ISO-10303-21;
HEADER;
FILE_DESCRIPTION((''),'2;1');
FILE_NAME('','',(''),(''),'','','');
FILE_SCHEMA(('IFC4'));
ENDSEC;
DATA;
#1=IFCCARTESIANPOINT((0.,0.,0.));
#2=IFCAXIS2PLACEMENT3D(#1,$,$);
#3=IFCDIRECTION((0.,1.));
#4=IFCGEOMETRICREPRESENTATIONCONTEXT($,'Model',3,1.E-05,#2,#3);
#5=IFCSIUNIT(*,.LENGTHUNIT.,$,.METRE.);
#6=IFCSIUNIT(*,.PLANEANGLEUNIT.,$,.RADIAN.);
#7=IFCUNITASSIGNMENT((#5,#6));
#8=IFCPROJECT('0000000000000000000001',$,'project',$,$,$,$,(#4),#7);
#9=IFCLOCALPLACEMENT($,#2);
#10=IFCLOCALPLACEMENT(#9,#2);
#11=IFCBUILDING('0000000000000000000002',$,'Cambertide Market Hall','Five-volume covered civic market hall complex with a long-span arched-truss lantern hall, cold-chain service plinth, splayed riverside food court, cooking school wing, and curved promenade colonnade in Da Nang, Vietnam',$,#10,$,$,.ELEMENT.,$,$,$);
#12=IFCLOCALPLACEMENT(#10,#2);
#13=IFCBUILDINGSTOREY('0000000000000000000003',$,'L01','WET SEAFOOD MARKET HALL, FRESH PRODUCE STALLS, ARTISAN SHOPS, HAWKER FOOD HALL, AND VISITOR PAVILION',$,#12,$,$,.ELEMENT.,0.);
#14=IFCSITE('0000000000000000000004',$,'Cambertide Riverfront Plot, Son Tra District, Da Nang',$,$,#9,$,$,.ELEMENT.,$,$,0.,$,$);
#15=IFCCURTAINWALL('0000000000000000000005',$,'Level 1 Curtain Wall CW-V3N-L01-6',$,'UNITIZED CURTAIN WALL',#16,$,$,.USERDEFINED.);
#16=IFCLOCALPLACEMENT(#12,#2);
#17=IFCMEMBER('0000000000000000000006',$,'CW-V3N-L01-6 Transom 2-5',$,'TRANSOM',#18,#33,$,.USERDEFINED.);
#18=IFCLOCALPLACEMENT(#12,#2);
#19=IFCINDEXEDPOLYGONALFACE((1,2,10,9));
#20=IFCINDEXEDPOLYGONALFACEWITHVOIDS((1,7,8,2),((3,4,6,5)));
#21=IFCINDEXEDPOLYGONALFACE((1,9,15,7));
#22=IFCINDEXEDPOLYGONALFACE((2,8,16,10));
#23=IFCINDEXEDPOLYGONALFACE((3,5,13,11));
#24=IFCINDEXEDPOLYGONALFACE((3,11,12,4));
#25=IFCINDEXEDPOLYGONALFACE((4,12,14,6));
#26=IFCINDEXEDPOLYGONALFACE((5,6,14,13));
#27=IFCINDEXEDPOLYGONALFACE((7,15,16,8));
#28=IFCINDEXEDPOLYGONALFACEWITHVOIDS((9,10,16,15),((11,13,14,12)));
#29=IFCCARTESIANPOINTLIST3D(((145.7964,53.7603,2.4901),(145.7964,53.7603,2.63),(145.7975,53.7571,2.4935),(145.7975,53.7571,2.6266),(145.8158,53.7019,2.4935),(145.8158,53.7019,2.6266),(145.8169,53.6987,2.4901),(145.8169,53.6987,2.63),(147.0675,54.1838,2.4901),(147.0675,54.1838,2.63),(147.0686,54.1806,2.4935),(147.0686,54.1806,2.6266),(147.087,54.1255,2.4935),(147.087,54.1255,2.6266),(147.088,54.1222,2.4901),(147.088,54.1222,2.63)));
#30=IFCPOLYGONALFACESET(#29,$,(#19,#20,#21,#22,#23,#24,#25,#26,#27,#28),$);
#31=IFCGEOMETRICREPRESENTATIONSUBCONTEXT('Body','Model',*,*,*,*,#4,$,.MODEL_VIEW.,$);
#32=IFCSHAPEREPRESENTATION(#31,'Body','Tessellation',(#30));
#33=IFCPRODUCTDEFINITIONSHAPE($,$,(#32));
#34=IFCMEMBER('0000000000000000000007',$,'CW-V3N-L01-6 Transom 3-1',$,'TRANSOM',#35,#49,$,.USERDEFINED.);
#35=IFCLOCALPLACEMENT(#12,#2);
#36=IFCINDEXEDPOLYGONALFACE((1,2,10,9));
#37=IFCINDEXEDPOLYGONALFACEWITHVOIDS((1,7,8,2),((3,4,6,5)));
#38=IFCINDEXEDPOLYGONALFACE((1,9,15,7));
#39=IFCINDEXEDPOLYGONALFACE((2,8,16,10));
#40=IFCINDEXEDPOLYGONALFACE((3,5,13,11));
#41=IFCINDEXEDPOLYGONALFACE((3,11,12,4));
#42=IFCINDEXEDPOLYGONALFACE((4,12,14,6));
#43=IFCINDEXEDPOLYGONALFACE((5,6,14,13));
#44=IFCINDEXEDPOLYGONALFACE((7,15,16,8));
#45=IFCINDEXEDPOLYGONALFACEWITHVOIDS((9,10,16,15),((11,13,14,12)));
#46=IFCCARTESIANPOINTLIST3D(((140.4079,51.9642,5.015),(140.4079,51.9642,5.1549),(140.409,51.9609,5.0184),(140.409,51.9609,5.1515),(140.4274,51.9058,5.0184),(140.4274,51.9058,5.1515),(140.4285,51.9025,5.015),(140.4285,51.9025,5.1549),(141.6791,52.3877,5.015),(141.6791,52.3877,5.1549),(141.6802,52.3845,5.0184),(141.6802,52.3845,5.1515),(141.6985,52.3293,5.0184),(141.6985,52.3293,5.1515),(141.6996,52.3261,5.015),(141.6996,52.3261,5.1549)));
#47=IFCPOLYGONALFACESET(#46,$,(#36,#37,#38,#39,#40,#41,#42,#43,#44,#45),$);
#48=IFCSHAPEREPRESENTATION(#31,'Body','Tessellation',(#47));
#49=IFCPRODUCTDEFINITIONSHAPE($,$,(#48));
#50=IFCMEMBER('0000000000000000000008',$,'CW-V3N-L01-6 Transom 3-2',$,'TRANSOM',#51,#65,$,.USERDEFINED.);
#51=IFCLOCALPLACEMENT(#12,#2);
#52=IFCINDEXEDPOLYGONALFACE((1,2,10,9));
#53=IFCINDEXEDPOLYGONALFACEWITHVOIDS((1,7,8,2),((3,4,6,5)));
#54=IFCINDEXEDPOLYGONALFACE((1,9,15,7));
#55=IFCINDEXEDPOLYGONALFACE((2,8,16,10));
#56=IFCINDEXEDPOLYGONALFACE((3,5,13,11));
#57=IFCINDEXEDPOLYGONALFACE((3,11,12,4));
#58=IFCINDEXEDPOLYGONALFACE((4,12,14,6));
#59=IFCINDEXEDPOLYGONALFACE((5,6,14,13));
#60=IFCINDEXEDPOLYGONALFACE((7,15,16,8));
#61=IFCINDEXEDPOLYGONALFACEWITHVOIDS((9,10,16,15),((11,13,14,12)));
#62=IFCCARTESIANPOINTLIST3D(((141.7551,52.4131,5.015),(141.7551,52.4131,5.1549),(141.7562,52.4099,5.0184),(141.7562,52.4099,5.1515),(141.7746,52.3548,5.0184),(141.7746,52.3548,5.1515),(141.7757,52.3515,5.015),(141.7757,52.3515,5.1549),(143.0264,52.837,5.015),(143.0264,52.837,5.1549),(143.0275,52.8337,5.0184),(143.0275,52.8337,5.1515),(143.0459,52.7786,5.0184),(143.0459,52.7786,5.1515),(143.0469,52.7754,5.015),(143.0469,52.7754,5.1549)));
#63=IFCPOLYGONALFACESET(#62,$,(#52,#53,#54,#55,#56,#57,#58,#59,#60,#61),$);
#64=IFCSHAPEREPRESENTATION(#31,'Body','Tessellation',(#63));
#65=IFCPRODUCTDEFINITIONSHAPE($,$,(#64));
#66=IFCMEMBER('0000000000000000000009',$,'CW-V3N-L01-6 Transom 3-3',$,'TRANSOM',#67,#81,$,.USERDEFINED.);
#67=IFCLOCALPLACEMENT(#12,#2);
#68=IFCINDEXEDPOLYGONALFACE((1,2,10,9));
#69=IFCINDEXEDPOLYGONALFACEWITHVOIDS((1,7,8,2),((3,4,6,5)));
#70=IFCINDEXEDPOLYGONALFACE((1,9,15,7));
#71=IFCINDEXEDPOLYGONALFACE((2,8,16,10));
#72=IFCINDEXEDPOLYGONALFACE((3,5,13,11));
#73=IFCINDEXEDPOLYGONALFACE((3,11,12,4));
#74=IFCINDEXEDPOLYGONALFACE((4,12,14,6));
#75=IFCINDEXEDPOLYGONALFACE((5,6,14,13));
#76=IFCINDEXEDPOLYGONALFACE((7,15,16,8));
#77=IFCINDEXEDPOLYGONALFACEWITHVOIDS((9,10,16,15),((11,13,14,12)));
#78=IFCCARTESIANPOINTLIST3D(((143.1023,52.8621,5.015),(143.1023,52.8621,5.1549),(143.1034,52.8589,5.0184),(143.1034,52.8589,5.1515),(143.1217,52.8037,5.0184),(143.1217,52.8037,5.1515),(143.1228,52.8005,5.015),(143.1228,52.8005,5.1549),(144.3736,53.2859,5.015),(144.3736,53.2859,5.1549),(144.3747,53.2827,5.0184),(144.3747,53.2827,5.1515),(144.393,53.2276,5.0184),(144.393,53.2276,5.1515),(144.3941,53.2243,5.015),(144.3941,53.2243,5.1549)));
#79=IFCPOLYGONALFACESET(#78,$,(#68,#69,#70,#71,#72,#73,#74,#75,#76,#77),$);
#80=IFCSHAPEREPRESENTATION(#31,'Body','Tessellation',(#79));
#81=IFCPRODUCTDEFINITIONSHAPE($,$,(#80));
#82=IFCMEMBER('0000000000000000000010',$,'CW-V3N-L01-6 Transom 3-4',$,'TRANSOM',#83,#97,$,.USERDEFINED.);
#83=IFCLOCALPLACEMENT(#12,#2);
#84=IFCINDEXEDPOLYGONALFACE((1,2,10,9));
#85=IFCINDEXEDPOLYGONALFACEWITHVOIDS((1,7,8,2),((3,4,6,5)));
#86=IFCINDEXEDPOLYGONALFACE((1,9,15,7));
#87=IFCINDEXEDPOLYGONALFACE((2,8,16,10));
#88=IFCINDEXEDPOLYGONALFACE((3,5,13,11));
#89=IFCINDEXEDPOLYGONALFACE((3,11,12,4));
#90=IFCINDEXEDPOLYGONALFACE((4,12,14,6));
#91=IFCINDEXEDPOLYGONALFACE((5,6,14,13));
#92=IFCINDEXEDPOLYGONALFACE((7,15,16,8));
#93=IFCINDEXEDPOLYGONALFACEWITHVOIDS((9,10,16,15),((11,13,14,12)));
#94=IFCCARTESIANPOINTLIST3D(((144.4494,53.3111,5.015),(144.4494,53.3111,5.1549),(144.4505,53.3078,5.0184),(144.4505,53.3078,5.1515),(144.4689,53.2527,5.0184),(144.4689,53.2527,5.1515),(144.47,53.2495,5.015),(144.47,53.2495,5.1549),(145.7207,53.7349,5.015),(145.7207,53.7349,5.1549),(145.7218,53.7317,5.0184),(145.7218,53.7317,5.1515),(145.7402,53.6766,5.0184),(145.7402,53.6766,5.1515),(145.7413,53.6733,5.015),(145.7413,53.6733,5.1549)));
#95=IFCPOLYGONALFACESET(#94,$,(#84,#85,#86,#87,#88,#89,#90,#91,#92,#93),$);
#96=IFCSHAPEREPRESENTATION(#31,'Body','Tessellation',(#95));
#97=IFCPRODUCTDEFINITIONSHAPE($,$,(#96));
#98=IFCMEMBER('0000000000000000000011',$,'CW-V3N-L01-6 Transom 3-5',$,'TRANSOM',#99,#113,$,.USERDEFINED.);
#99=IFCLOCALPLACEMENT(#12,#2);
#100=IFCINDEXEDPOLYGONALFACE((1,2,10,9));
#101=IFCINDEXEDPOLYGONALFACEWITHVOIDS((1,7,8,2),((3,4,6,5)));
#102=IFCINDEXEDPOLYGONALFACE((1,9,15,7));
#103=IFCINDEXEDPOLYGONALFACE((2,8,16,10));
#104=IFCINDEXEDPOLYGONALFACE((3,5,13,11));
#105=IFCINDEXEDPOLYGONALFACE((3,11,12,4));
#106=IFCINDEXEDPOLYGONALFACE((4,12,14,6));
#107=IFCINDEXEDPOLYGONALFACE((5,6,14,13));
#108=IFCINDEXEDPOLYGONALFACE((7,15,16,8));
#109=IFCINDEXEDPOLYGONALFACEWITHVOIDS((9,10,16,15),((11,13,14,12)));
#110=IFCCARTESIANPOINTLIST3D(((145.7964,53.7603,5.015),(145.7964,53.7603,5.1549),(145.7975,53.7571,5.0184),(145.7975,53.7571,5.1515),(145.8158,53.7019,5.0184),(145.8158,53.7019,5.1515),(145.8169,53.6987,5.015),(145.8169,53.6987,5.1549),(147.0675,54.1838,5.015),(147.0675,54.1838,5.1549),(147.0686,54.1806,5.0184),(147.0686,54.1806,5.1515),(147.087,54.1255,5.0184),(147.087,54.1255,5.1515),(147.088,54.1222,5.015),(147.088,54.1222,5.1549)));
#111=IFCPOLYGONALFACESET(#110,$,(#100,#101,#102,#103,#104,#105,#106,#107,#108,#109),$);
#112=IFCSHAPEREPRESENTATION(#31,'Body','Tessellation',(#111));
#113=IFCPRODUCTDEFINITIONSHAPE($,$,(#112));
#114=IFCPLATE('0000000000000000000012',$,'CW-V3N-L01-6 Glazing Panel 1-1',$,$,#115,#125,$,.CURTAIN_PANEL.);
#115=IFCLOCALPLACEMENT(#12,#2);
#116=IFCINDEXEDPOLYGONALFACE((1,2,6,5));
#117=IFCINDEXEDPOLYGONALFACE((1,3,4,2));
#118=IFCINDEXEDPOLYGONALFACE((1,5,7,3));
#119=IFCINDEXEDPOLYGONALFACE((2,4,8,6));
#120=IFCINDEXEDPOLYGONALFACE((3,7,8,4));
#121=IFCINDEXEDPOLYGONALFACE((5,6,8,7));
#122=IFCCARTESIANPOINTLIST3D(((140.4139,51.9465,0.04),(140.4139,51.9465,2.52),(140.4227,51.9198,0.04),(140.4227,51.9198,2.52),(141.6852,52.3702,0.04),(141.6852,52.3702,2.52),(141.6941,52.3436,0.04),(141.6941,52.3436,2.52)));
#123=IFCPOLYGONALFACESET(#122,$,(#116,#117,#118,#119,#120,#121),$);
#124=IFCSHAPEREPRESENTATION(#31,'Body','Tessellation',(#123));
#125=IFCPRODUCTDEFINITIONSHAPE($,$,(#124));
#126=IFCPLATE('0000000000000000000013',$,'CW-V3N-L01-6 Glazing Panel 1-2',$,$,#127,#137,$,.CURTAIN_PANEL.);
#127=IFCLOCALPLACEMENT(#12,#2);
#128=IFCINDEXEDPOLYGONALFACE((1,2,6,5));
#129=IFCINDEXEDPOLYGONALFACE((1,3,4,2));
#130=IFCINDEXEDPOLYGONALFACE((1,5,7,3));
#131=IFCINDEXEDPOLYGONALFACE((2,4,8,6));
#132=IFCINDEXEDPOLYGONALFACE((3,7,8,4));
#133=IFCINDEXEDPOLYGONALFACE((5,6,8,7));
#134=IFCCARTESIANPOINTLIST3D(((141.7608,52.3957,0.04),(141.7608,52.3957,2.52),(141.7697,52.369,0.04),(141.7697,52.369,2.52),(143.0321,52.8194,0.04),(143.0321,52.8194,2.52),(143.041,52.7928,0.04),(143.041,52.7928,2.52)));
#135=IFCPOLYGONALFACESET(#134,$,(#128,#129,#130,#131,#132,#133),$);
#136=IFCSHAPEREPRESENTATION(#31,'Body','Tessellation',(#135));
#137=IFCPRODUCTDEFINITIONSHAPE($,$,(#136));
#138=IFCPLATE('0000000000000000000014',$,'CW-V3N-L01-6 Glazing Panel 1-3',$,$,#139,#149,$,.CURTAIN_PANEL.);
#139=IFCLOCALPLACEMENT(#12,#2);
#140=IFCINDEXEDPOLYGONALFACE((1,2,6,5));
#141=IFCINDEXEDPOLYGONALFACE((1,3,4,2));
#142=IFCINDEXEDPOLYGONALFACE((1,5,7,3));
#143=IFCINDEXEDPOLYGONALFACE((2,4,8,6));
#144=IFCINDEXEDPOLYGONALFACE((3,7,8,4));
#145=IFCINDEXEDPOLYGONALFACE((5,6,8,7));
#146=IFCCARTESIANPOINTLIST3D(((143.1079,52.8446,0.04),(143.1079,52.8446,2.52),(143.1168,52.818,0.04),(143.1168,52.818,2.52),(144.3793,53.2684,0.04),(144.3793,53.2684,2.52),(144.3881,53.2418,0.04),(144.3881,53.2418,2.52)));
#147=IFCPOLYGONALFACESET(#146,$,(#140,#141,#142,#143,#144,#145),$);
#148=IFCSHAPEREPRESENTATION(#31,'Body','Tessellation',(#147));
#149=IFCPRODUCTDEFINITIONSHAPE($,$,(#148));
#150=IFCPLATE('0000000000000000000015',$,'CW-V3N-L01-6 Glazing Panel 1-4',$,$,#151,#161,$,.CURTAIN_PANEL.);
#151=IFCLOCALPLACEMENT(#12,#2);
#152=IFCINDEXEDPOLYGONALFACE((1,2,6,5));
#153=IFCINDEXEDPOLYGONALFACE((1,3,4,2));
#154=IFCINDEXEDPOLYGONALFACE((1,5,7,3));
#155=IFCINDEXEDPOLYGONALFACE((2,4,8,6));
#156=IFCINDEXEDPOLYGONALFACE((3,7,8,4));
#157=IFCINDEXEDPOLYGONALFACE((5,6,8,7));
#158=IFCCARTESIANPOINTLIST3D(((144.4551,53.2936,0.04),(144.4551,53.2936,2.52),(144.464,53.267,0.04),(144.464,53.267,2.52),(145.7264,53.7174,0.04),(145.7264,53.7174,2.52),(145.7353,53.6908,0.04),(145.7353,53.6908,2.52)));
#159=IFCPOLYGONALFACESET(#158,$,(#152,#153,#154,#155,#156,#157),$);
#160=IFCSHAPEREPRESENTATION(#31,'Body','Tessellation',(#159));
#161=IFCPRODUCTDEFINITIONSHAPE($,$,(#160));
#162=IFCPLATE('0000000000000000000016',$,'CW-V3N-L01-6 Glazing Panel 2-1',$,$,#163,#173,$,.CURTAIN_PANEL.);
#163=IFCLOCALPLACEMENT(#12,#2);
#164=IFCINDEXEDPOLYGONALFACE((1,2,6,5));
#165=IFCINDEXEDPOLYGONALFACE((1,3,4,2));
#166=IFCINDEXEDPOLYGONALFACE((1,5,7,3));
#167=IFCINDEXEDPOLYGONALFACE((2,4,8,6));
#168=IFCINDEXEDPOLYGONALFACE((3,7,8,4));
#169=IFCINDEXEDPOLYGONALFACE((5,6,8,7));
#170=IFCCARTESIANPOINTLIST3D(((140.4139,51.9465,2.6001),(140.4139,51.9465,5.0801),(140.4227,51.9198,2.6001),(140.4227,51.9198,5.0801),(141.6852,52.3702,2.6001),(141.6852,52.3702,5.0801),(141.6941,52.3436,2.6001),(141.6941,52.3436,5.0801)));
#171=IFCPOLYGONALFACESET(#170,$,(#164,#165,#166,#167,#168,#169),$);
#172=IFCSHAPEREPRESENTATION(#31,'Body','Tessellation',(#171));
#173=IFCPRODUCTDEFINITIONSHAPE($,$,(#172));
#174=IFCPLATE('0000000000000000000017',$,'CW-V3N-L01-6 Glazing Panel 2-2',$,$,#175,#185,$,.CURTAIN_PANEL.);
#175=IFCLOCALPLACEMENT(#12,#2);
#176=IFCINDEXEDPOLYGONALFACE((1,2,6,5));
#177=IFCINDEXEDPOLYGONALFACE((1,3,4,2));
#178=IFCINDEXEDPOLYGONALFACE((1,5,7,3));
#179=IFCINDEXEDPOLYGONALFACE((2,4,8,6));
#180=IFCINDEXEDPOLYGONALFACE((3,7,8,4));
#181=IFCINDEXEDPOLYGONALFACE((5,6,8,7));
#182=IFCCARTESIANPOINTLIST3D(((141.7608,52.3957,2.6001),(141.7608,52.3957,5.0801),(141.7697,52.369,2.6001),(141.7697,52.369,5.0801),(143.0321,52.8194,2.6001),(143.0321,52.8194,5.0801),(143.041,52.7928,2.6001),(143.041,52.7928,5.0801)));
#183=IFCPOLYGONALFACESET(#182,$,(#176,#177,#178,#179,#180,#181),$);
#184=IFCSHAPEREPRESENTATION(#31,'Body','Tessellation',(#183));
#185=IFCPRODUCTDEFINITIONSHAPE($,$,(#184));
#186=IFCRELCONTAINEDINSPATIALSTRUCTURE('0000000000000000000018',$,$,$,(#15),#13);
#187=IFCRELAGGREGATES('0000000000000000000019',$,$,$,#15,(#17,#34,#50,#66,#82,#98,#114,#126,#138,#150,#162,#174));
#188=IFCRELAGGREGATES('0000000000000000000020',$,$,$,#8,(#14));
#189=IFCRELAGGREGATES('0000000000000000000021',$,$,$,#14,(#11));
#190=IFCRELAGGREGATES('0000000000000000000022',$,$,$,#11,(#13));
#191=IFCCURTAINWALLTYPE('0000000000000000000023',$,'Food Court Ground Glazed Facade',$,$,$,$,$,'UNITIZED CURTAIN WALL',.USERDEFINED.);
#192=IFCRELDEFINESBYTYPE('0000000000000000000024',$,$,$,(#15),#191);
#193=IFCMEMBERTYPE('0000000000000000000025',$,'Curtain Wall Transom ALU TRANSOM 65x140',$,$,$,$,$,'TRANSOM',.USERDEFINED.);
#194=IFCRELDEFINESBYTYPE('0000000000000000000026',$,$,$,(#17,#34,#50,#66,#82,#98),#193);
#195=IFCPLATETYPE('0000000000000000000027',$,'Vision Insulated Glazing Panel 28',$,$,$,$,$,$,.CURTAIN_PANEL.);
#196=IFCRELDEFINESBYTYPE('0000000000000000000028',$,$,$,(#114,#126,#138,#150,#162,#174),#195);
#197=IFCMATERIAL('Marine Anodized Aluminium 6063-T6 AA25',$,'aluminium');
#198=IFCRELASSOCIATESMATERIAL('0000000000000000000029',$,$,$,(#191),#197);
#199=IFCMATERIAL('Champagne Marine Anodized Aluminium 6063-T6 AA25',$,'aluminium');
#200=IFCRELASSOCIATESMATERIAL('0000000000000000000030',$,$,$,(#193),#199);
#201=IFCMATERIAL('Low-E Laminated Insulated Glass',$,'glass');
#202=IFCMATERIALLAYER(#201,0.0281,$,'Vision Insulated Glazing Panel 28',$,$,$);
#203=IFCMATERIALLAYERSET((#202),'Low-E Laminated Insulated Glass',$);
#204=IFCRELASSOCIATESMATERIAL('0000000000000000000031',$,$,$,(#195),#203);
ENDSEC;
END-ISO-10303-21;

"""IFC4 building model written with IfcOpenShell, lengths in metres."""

from ifc_helpers import new_model, si_unit, direction, frame, origin, origin_2d, place, context, subcontext, project, spatial, rectangle, hollow_rectangle, extrude, material, layer, layer_set, material_profile, profile_set, type_object, element, aggregate, save


model = new_model("IFC4")

# Units and contexts
model_context = context("Model", 3, precision=1e-05, world=origin(), true_north=direction((0.0, 1.0)))
body_context = subcontext(model_context, "Body", "Model", "MODEL_VIEW")
ifc_project = project(units=[si_unit("LENGTHUNIT", "METRE"), si_unit("PLANEANGLEUNIT", "RADIAN")], contexts=[model_context])

# Site, building, storey
site_placement = place(None, origin())
site = spatial("IfcSite", under=ifc_project, at=site_placement, Name="Cambertide Riverfront Plot, Son Tra District, Da Nang", CompositionType="ELEMENT", RefElevation=0.0)
building_placement = place(site_placement, origin())
building = spatial("IfcBuilding", under=site, at=building_placement, Name="Cambertide Market Hall", Description="Five-volume covered civic market hall complex with a long-span arched-truss lantern hall, cold-chain service plinth, splayed riverside food court, cooking school wing, and curved promenade colonnade in Da Nang, Vietnam", CompositionType="ELEMENT")
storey_placement = place(building_placement, origin())
storey = spatial("IfcBuildingStorey", under=building, at=storey_placement, Name="L01", Description="WET SEAFOOD MARKET HALL, FRESH PRODUCE STALLS, ARTISAN SHOPS, HAWKER FOOD HALL, AND VISITOR PAVILION", CompositionType="ELEMENT", Elevation=0.0)

# Curtain wall, members, plates
ifc_material_1 = material(Name="Marine Anodized Aluminium 6063-T6 AA25", Category="aluminium")
curtain_wall_type = type_object("IfcCurtainWallType", Name="Food Court Ground Glazed Facade", ElementType="UNITIZED CURTAIN WALL", PredefinedType="USERDEFINED", material=ifc_material_1)
curtain_wall_placement = place(storey_placement, origin())
curtain_wall = element("IfcCurtainWall", 1, at=curtain_wall_placement, inside=storey, type_object=curtain_wall_type, Name="Level 1 Curtain Wall CW-V3N-L01-6", ObjectType="UNITIZED CURTAIN WALL", PredefinedType="USERDEFINED")
ifc_material_2 = material(Name="Champagne Marine Anodized Aluminium 6063-T6 AA25", Category="aluminium")
ifc_material_profile_1 = material_profile(ifc_material_2, hollow_rectangle(XDim=0.0649, YDim=0.1399, WallThickness=0.0034, at=origin_2d()), Name="ALU TRANSOM 65x140")
ifc_profile_set_1 = profile_set([ifc_material_profile_1], Name="Champagne Marine Anodized Aluminium 6063-T6 AA25")
member_type_1 = type_object("IfcMemberType", Name="Curtain Wall Transom ALU TRANSOM 65x140", ElementType="TRANSOM", PredefinedType="USERDEFINED", material=ifc_profile_set_1)
member_1_placement = place(storey_placement, frame((145.8066, 53.7295, 2.5601), z_axis=(0.94872, 0.316118, 0.0), x_axis=(-0.316118, 0.94872, 0.0)))
member_1 = element("IfcMember", 2, at=member_1_placement, type_object=member_type_1, Name="CW-V3N-L01-6 Transom 2-5", ObjectType="TRANSOM", PredefinedType="USERDEFINED", context=body_context, shape_type="SweptSolid", body=[
    extrude(hollow_rectangle(XDim=0.0649, YDim=0.1399, WallThickness=0.0034, at=origin_2d()), origin(), (0.0, 0.0, 1.0), 1.3398),
])
member_2_placement = place(storey_placement, frame((140.4182, 51.9333, 5.085), z_axis=(0.94872, 0.316118, 0.0), x_axis=(-0.316118, 0.94872, 0.0)))
member_2 = element("IfcMember", 3, at=member_2_placement, type_object=member_type_1, Name="CW-V3N-L01-6 Transom 3-1", ObjectType="TRANSOM", PredefinedType="USERDEFINED", context=body_context, shape_type="SweptSolid", body=[
    extrude(hollow_rectangle(XDim=0.0649, YDim=0.1399, WallThickness=0.0034, at=origin_2d()), origin(), (0.0, 0.0, 1.0), 1.3398),
])
member_3_placement = place(storey_placement, frame((141.7654, 52.3823, 5.085), z_axis=(0.948665, 0.316282, 0.0), x_axis=(-0.316282, 0.948665, 0.0)))
member_3 = element("IfcMember", 4, at=member_3_placement, type_object=member_type_1, Name="CW-V3N-L01-6 Transom 3-2", ObjectType="TRANSOM", PredefinedType="USERDEFINED", context=body_context, shape_type="SweptSolid", body=[
    extrude(hollow_rectangle(XDim=0.0649, YDim=0.1399, WallThickness=0.0034, at=origin_2d()), origin(), (0.0, 0.0, 1.0), 1.3401),
])
member_4_placement = place(storey_placement, frame((143.1125, 52.8313, 5.085), z_axis=(0.948665, 0.316282, 0.0), x_axis=(-0.316282, 0.948665, 0.0)))
member_4 = element("IfcMember", 5, at=member_4_placement, type_object=member_type_1, Name="CW-V3N-L01-6 Transom 3-3", ObjectType="TRANSOM", PredefinedType="USERDEFINED", context=body_context, shape_type="SweptSolid", body=[
    extrude(hollow_rectangle(XDim=0.0649, YDim=0.1399, WallThickness=0.0034, at=origin_2d()), origin(), (0.0, 0.0, 1.0), 1.3401),
])
member_5_placement = place(storey_placement, frame((144.4597, 53.2803, 5.085), z_axis=(0.948665, 0.316282, 0.0), x_axis=(-0.316282, 0.948665, 0.0)))
member_5 = element("IfcMember", 6, at=member_5_placement, type_object=member_type_1, Name="CW-V3N-L01-6 Transom 3-4", ObjectType="TRANSOM", PredefinedType="USERDEFINED", context=body_context, shape_type="SweptSolid", body=[
    extrude(hollow_rectangle(XDim=0.0649, YDim=0.1399, WallThickness=0.0034, at=origin_2d()), origin(), (0.0, 0.0, 1.0), 1.3401),
])
member_6_placement = place(storey_placement, frame((145.8066, 53.7295, 5.085), z_axis=(0.94872, 0.316118, 0.0), x_axis=(-0.316118, 0.94872, 0.0)))
member_6 = element("IfcMember", 7, at=member_6_placement, type_object=member_type_1, Name="CW-V3N-L01-6 Transom 3-5", ObjectType="TRANSOM", PredefinedType="USERDEFINED", context=body_context, shape_type="SweptSolid", body=[
    extrude(hollow_rectangle(XDim=0.0649, YDim=0.1399, WallThickness=0.0034, at=origin_2d()), origin(), (0.0, 0.0, 1.0), 1.3398),
])
ifc_material_3 = material(Name="Low-E Laminated Insulated Glass", Category="glass")
ifc_layer_1 = layer(ifc_material_3, 0.0281, Name="Vision Insulated Glazing Panel 28")
ifc_layer_set_1 = layer_set([ifc_layer_1], Name="Low-E Laminated Insulated Glass")
plate_type = type_object("IfcPlateType", Name="Vision Insulated Glazing Panel 28", PredefinedType="CURTAIN_PANEL", material=ifc_layer_set_1)
plate_1_placement = place(storey_placement, frame((141.054, 52.145, 0.04), z_axis=(0.0, 0.0, 1.0), x_axis=(0.948683, 0.316228, 0.0)))
plate_1 = element("IfcPlate", 8, at=plate_1_placement, type_object=plate_type, Name="CW-V3N-L01-6 Glazing Panel 1-1", PredefinedType="CURTAIN_PANEL", context=body_context, shape_type="SweptSolid", body=[
    extrude(rectangle(XDim=1.3401, YDim=0.0281, at=origin_2d()), origin(), (0.0, 0.0, 1.0), 2.48),
])
plate_2_placement = place(storey_placement, frame((142.4009, 52.5942, 0.04), z_axis=(0.0, 0.0, 1.0), x_axis=(0.948683, 0.316228, 0.0)))
plate_2 = element("IfcPlate", 9, at=plate_2_placement, type_object=plate_type, Name="CW-V3N-L01-6 Glazing Panel 1-2", PredefinedType="CURTAIN_PANEL", context=body_context, shape_type="SweptSolid", body=[
    extrude(rectangle(XDim=1.3401, YDim=0.0281, at=origin_2d()), origin(), (0.0, 0.0, 1.0), 2.48),
])
plate_3_placement = place(storey_placement, frame((143.748, 53.0432, 0.04), z_axis=(0.0, 0.0, 1.0), x_axis=(0.948683, 0.316228, 0.0)))
plate_3 = element("IfcPlate", 10, at=plate_3_placement, type_object=plate_type, Name="CW-V3N-L01-6 Glazing Panel 1-3", PredefinedType="CURTAIN_PANEL", context=body_context, shape_type="SweptSolid", body=[
    extrude(rectangle(XDim=1.3401, YDim=0.0281, at=origin_2d()), origin(), (0.0, 0.0, 1.0), 2.48),
])
plate_4_placement = place(storey_placement, frame((145.0952, 53.4922, 0.04), z_axis=(0.0, 0.0, 1.0), x_axis=(0.948683, 0.316228, 0.0)))
plate_4 = element("IfcPlate", 11, at=plate_4_placement, type_object=plate_type, Name="CW-V3N-L01-6 Glazing Panel 1-4", PredefinedType="CURTAIN_PANEL", context=body_context, shape_type="SweptSolid", body=[
    extrude(rectangle(XDim=1.3401, YDim=0.0281, at=origin_2d()), origin(), (0.0, 0.0, 1.0), 2.48),
])
plate_5_placement = place(storey_placement, frame((141.054, 52.145, 2.6001), z_axis=(0.0, 0.0, 1.0), x_axis=(0.948683, 0.316228, 0.0)))
plate_5 = element("IfcPlate", 12, at=plate_5_placement, type_object=plate_type, Name="CW-V3N-L01-6 Glazing Panel 2-1", PredefinedType="CURTAIN_PANEL", context=body_context, shape_type="SweptSolid", body=[
    extrude(rectangle(XDim=1.3401, YDim=0.0281, at=origin_2d()), origin(), (0.0, 0.0, 1.0), 2.48),
])
plate_6_placement = place(storey_placement, frame((142.4009, 52.5942, 2.6001), z_axis=(0.0, 0.0, 1.0), x_axis=(0.948683, 0.316228, 0.0)))
plate_6 = element("IfcPlate", 13, at=plate_6_placement, type_object=plate_type, Name="CW-V3N-L01-6 Glazing Panel 2-2", PredefinedType="CURTAIN_PANEL", context=body_context, shape_type="SweptSolid", body=[
    extrude(rectangle(XDim=1.3401, YDim=0.0281, at=origin_2d()), origin(), (0.0, 0.0, 1.0), 2.48),
])
aggregate(curtain_wall, [member_1, member_2, member_3, member_4, member_5, member_6, plate_1, plate_2, plate_3, plate_4, plate_5, plate_6])

save(model, "model.ifc")
